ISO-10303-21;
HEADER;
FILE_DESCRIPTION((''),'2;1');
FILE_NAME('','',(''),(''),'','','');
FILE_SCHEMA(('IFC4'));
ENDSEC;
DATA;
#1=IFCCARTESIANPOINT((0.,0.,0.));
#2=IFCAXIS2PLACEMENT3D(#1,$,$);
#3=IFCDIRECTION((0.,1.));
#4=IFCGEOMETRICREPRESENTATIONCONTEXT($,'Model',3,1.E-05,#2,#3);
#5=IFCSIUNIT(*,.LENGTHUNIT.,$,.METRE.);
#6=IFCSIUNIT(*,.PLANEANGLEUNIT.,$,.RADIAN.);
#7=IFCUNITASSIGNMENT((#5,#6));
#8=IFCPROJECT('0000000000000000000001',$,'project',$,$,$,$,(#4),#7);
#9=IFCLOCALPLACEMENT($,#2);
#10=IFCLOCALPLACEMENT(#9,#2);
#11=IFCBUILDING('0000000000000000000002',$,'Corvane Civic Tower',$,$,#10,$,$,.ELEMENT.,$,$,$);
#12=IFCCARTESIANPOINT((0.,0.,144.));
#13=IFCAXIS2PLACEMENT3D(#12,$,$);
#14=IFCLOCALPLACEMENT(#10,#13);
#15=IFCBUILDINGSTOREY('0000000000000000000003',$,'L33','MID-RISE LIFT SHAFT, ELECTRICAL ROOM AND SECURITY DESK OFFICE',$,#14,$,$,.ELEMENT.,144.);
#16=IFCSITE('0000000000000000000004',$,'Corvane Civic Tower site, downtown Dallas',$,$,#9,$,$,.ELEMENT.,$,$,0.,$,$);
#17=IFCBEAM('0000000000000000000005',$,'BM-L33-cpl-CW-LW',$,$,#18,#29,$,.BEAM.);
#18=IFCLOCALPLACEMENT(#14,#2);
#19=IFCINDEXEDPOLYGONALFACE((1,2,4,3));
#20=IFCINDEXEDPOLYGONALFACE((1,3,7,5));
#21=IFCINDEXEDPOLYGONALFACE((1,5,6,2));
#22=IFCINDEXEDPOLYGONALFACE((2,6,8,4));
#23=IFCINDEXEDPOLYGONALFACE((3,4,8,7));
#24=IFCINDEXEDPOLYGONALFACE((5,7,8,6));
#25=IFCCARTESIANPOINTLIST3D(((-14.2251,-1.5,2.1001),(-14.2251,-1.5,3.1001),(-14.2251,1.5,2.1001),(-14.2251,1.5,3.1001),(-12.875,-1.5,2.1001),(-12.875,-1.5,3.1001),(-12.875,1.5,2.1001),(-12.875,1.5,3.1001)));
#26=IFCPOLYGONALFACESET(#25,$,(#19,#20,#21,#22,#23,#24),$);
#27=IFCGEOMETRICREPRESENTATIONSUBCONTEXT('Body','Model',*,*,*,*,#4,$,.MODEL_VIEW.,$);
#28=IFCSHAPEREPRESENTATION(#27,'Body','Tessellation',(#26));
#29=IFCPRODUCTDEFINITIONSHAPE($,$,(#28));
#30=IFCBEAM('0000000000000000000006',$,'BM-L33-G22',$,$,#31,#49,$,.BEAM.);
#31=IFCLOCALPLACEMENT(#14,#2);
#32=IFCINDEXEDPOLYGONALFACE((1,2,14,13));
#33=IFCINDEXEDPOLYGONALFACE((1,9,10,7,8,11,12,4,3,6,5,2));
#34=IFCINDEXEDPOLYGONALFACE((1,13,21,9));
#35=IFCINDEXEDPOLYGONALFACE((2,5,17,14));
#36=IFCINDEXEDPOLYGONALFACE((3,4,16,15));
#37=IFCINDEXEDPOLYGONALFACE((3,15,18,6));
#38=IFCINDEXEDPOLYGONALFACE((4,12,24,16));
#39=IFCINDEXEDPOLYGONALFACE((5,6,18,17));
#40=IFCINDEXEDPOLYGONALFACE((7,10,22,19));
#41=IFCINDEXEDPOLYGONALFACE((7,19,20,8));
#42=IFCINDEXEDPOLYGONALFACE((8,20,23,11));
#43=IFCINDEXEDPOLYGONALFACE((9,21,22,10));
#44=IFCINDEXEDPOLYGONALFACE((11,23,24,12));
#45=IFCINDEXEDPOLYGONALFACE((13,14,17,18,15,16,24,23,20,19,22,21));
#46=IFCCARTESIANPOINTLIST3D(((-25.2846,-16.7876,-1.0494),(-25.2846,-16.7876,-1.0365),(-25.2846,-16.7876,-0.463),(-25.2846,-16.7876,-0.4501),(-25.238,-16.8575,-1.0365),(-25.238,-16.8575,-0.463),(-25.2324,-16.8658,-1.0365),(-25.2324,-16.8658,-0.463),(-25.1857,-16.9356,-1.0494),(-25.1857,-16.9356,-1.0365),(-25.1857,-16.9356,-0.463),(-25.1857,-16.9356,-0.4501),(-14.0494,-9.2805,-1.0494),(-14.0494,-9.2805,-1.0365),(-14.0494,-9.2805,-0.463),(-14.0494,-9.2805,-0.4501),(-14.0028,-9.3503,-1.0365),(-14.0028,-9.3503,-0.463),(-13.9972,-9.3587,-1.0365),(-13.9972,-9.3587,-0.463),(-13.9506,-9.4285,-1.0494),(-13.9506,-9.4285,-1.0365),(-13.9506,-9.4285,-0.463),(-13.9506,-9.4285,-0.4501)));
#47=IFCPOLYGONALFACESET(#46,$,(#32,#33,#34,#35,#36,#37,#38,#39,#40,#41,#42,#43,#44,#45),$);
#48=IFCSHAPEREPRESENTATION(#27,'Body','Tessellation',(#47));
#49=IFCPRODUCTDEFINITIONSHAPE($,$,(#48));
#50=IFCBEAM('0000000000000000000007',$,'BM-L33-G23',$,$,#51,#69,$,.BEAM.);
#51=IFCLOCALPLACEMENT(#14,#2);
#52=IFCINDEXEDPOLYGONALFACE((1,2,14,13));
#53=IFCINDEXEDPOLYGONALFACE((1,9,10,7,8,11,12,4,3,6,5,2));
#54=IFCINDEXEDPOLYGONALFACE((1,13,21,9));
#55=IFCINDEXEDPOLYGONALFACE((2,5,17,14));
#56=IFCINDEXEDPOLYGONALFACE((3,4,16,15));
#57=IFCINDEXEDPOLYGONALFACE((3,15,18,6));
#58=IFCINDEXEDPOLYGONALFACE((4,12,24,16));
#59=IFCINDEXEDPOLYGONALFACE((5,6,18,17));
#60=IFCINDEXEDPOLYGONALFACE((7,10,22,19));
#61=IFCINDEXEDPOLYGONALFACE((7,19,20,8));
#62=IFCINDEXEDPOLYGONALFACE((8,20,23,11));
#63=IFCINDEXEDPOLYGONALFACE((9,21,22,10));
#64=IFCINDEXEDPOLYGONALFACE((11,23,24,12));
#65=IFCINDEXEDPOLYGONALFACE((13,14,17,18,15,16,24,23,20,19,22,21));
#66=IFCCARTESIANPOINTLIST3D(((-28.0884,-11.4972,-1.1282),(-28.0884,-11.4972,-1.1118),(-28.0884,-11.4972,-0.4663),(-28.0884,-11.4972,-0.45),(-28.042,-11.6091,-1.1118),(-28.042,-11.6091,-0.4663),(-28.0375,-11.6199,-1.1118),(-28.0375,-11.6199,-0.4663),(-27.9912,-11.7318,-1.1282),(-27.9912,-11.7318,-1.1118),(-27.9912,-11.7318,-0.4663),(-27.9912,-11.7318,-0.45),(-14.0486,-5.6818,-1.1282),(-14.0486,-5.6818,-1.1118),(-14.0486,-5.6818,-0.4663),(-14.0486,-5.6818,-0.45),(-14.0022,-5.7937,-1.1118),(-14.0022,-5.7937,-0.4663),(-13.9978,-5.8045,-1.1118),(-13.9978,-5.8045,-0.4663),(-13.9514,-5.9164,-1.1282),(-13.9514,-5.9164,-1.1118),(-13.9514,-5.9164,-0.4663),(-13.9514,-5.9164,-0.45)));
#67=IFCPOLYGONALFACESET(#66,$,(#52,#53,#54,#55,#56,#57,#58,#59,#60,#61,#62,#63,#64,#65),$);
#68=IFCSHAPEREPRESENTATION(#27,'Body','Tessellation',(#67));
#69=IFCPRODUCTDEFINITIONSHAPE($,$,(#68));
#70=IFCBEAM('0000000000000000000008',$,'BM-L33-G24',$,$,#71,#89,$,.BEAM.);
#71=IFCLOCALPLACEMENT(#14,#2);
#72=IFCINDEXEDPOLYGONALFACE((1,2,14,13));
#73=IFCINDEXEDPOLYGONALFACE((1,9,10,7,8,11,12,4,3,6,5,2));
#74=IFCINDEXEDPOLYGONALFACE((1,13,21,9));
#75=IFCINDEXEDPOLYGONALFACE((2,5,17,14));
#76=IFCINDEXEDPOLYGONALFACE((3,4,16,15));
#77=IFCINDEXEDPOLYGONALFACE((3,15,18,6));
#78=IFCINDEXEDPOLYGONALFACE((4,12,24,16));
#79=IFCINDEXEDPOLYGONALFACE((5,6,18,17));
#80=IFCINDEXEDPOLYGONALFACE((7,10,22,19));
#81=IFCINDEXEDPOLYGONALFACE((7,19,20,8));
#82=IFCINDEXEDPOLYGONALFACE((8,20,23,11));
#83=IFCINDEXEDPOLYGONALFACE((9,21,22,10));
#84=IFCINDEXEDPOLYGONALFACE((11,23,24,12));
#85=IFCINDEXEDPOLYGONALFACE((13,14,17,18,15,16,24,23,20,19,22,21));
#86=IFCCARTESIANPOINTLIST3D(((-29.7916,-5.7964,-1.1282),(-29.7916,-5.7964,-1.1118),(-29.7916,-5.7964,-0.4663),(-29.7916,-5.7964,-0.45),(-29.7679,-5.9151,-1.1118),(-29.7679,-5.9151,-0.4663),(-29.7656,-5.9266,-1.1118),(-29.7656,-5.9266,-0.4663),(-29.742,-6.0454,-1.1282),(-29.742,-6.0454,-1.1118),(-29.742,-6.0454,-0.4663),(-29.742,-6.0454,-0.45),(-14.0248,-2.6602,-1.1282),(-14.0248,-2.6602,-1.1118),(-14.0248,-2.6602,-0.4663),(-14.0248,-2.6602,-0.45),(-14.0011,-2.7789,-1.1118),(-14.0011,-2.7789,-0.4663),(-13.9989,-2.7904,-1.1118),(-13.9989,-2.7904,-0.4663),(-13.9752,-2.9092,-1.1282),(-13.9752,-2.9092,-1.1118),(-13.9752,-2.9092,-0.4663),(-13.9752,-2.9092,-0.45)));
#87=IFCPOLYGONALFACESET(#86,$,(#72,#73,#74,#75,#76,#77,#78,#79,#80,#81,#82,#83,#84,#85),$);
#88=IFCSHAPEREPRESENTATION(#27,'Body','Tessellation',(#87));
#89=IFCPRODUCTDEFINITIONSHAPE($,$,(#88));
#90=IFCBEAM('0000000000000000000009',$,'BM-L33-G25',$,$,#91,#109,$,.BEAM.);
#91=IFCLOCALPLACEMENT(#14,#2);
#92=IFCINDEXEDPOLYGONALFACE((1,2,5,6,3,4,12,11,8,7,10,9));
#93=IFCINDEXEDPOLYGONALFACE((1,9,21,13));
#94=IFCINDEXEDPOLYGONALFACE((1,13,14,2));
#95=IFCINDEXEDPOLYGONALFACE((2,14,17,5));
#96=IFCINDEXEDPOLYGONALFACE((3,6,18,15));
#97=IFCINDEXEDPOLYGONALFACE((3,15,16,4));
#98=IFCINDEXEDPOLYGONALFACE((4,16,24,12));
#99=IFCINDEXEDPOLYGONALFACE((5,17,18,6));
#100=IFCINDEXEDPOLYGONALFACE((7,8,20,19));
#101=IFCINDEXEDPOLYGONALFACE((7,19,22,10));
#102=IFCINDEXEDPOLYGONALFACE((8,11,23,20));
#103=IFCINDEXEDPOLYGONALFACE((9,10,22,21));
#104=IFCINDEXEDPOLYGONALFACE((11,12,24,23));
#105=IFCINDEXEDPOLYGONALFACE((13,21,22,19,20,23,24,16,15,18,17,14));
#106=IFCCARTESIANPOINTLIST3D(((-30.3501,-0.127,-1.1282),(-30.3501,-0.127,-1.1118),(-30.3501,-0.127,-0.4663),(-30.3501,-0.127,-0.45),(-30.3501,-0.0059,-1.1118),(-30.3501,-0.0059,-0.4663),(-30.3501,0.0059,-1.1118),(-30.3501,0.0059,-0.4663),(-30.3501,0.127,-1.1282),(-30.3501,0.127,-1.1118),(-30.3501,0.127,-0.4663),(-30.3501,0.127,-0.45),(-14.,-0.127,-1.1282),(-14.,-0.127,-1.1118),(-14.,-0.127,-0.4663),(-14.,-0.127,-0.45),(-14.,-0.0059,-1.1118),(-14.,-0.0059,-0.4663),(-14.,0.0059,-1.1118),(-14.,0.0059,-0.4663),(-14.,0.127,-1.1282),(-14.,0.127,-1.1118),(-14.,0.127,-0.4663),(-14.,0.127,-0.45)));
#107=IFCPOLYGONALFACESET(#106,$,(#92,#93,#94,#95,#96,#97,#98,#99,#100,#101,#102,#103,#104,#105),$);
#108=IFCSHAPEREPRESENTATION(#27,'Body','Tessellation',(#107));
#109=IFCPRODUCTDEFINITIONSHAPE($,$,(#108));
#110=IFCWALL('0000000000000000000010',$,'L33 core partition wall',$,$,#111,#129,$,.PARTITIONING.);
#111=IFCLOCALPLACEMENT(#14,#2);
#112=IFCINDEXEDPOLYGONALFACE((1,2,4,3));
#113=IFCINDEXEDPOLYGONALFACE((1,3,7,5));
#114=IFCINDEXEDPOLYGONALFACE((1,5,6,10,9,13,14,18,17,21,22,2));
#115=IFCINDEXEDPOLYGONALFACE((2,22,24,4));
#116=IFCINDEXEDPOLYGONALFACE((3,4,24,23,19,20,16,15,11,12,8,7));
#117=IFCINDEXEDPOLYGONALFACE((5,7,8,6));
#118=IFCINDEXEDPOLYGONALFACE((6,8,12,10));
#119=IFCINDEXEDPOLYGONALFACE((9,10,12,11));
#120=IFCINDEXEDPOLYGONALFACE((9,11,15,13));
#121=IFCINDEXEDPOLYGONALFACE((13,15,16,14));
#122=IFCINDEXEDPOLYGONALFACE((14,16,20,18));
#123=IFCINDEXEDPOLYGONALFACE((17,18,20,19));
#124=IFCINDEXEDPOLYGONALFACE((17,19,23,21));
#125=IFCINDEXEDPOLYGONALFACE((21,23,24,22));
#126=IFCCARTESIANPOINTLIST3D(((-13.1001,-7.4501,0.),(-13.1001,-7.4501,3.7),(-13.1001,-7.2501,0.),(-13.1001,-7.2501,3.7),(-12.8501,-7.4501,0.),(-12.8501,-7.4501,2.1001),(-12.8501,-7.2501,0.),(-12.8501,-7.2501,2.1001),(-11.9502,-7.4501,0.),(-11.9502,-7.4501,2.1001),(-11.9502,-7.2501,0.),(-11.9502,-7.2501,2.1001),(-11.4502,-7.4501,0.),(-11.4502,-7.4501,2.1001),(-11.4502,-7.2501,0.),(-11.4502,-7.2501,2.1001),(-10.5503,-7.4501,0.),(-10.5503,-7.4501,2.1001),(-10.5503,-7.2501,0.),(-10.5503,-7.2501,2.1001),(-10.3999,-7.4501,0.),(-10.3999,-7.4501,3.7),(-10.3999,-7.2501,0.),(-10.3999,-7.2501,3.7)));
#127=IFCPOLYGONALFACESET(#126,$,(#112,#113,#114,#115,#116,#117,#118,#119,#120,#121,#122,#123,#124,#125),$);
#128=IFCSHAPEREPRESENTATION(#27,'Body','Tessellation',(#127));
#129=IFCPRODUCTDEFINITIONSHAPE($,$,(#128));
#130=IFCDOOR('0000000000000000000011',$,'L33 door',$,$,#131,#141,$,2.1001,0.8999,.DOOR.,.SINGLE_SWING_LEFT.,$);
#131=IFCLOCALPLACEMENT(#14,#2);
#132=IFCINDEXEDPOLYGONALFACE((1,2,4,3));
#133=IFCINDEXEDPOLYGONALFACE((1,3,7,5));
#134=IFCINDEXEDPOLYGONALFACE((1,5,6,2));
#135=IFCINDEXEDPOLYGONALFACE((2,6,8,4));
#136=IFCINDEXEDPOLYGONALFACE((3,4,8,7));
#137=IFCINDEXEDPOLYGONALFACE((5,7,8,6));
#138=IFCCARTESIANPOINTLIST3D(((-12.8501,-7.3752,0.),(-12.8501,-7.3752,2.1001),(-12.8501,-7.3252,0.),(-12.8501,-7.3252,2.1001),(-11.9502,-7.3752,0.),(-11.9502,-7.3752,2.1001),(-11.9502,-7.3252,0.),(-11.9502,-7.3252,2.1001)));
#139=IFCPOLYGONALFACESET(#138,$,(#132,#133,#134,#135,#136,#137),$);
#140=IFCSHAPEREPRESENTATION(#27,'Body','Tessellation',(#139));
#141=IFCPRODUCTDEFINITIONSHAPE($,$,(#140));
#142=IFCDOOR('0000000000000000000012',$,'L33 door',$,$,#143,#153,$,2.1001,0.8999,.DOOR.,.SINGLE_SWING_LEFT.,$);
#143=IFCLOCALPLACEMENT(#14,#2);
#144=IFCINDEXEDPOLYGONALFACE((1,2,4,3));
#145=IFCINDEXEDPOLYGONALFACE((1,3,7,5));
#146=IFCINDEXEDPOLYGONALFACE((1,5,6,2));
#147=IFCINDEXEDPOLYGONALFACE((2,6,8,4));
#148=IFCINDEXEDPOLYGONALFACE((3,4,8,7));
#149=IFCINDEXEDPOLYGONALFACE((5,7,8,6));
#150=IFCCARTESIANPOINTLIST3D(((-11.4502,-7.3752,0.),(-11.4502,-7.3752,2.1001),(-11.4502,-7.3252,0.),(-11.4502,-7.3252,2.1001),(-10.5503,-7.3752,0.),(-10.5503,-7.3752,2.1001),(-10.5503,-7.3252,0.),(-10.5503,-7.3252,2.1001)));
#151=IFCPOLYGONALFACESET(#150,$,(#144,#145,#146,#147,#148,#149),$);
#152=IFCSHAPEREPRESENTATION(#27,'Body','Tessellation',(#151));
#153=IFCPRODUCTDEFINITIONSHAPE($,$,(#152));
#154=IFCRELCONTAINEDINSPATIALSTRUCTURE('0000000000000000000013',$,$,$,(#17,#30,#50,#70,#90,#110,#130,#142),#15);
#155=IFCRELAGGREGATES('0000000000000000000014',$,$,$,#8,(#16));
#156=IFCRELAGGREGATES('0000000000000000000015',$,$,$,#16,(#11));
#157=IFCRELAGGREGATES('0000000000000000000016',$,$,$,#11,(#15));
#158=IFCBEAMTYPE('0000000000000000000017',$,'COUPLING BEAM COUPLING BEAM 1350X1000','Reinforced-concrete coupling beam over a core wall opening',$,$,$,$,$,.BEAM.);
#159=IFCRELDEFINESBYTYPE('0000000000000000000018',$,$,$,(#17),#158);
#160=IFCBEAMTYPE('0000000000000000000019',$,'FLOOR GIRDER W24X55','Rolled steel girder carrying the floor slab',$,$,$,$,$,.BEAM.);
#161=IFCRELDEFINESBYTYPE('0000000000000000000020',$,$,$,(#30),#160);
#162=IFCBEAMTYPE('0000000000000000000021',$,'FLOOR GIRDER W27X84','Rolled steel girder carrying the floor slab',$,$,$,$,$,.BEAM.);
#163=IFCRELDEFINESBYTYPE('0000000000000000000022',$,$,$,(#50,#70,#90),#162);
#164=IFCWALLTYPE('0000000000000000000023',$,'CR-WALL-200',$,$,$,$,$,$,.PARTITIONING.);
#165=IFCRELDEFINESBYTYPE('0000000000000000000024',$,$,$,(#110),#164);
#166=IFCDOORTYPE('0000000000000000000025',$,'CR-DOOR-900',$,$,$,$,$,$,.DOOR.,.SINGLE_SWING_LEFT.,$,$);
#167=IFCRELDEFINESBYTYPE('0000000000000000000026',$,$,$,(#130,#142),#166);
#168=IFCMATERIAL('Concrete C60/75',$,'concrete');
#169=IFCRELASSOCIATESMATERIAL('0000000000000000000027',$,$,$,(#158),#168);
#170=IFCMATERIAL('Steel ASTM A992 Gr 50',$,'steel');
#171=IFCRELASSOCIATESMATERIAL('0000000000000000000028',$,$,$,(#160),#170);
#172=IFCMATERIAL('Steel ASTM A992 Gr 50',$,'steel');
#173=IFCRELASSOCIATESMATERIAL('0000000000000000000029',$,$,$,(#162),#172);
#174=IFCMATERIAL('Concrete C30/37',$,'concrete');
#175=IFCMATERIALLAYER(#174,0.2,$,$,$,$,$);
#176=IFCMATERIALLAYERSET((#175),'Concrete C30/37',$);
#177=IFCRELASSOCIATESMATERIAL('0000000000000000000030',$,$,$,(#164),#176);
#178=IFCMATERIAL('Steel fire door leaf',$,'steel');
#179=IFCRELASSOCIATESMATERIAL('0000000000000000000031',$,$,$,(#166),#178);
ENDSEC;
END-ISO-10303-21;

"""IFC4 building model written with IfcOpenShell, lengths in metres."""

from ifc_helpers import new_model, si_unit, direction, frame, frame_2d, origin, origin_2d, place, context, subcontext, project, spatial, rectangle, i_section, extrude, material, layer, layer_set, material_profile, profile_set, type_object, element, fill, save


model = new_model("IFC4")

# Units and contexts
model_context = context("Model", 3, precision=1e-05, world=origin(), true_north=direction((0.0, 1.0)))
body_context = subcontext(model_context, "Body", "Model", "MODEL_VIEW")
ifc_project = project(units=[si_unit("LENGTHUNIT", "METRE"), si_unit("PLANEANGLEUNIT", "RADIAN")], contexts=[model_context])

# Site, building, storey
site_placement = place(None, origin())
site = spatial("IfcSite", under=ifc_project, at=site_placement, Name="Corvane Civic Tower site, downtown Dallas", CompositionType="ELEMENT", RefElevation=0.0)
building_placement = place(site_placement, origin())
building = spatial("IfcBuilding", under=site, at=building_placement, Name="Corvane Civic Tower", CompositionType="ELEMENT")
storey_placement = place(building_placement, frame((0.0, 0.0, 144.0)))
storey = spatial("IfcBuildingStorey", under=building, at=storey_placement, Name="L33", Description="MID-RISE LIFT SHAFT, ELECTRICAL ROOM AND SECURITY DESK OFFICE", CompositionType="ELEMENT", Elevation=144.0)

# Beams
ifc_material_1 = material(Name="Concrete C60/75", Category="concrete")
ifc_material_profile_1 = material_profile(ifc_material_1, rectangle(XDim=1.3501, YDim=1.0, at=origin_2d()), Name="COUPLING BEAM 1350X1000")
ifc_profile_set_1 = profile_set([ifc_material_profile_1], Name="Concrete C60/75")
beam_type_1 = type_object("IfcBeamType", Name="COUPLING BEAM COUPLING BEAM 1350X1000", Description="Reinforced-concrete coupling beam over a core wall opening", PredefinedType="BEAM", material=ifc_profile_set_1)
beam_1_placement = place(storey_placement, frame((-13.55, -1.5, 2.6001), z_axis=(0.0, 1.0, 0.0), x_axis=(-1.0, 0.0, 0.0)))
element("IfcBeam", 1, at=beam_1_placement, inside=storey, type_object=beam_type_1, Name="BM-L33-cpl-CW-LW", PredefinedType="BEAM", context=body_context, shape_type="SweptSolid", body=[
    extrude(rectangle(XDim=1.3501, YDim=1.0, at=origin_2d()), origin(), (0.0, 0.0, 1.0), 3.0),
])
ifc_material_2 = material(Name="Steel ASTM A992 Gr 50", Category="steel")
ifc_material_profile_2 = material_profile(ifc_material_2, i_section(OverallWidth=0.178, OverallDepth=0.5994, WebThickness=0.01, FlangeThickness=0.0129, at=origin_2d()), Name="W24X55")
ifc_profile_set_2 = profile_set([ifc_material_profile_2], Name="Steel ASTM A992 Gr 50")
beam_type_2 = type_object("IfcBeamType", Name="FLOOR GIRDER W24X55", Description="Rolled steel girder carrying the floor slab", PredefinedType="BEAM", material=ifc_profile_set_2)
beam_2_placement = place(storey_placement, frame((-14.0, -9.3545, -0.7498), z_axis=(-0.831469, -0.555571, 0.0), x_axis=(0.555571, -0.831469, 0.0)))
element("IfcBeam", 2, at=beam_2_placement, inside=storey, type_object=beam_type_2, Name="BM-L33-G22", PredefinedType="BEAM", context=body_context, shape_type="SweptSolid", body=[
    extrude(i_section(OverallWidth=0.178, OverallDepth=0.5994, WebThickness=0.01, FlangeThickness=0.0129, at=origin_2d()), origin(), (0.0, 0.0, 1.0), 13.5125),
])
ifc_material_3 = material(Name="Steel ASTM A992 Gr 50", Category="steel")
ifc_material_profile_3 = material_profile(ifc_material_3, i_section(OverallWidth=0.2539, OverallDepth=0.6782, WebThickness=0.0117, FlangeThickness=0.0164, at=origin_2d()), Name="W27X84")
ifc_profile_set_3 = profile_set([ifc_material_profile_3], Name="Steel ASTM A992 Gr 50")
beam_type_3 = type_object("IfcBeamType", Name="FLOOR GIRDER W27X84", Description="Rolled steel girder carrying the floor slab", PredefinedType="BEAM", material=ifc_profile_set_3)
beam_3_placement = place(storey_placement, frame((-14.0, -5.7991, -0.7891), z_axis=(-0.923881, -0.382681, 0.0), x_axis=(0.382681, -0.923881, 0.0)))
element("IfcBeam", 3, at=beam_3_placement, inside=storey, type_object=beam_type_3, Name="BM-L33-G23", PredefinedType="BEAM", context=body_context, shape_type="SweptSolid", body=[
    extrude(i_section(OverallWidth=0.2539, OverallDepth=0.6782, WebThickness=0.0117, FlangeThickness=0.0164, at=origin_2d()), origin(), (0.0, 0.0, 1.0), 15.1965),
])
beam_4_placement = place(storey_placement, frame((-14.0, -2.7847, -0.7891), z_axis=(-0.980785, -0.195091, 0.0), x_axis=(0.195091, -0.980785, 0.0)))
element("IfcBeam", 4, at=beam_4_placement, inside=storey, type_object=beam_type_3, Name="BM-L33-G24", PredefinedType="BEAM", context=body_context, shape_type="SweptSolid", body=[
    extrude(i_section(OverallWidth=0.2539, OverallDepth=0.6782, WebThickness=0.0117, FlangeThickness=0.0164, at=origin_2d()), origin(), (0.0, 0.0, 1.0), 16.0757),
])
beam_5_placement = place(storey_placement, frame((-14.0, 0.0, -0.7891), z_axis=(-1.0, 0.0, 0.0), x_axis=(0.0, -1.0, 0.0)))
element("IfcBeam", 5, at=beam_5_placement, inside=storey, type_object=beam_type_3, Name="BM-L33-G25", PredefinedType="BEAM", context=body_context, shape_type="SweptSolid", body=[
    extrude(i_section(OverallWidth=0.2539, OverallDepth=0.6782, WebThickness=0.0117, FlangeThickness=0.0164, at=origin_2d()), origin(), (0.0, 0.0, 1.0), 16.3501),
])

# Wall, openings, doors
ifc_material_4 = material(Name="Concrete C30/37", Category="concrete")
ifc_layer_1 = layer(ifc_material_4, 0.2)
ifc_layer_set_1 = layer_set([ifc_layer_1], Name="Concrete C30/37")
wall_type_1 = type_object("IfcWallType", Name="CR-WALL-200", PredefinedType="PARTITIONING", material=ifc_layer_set_1)
wall_1_placement = place(storey_placement, frame((-13.1001, -7.3501, 0.0), z_axis=(0.0, 0.0, 1.0), x_axis=(1.0, 0.0, 0.0)))
wall_1 = element("IfcWall", 6, at=wall_1_placement, inside=storey, type_object=wall_type_1, Name="L33 core partition wall", PredefinedType="PARTITIONING", context=body_context, shape_type="SweptSolid", body=[
    extrude(rectangle(XDim=2.7002, YDim=0.2, at=frame_2d((1.3501, 0.0))), origin(), (0.0, 0.0, 1.0), 3.7),
])
opening_1_placement = place(wall_1_placement, frame((0.25, 0.0, 0.0)))
opening_1 = element("IfcOpeningElement", 7, at=opening_1_placement, cuts=wall_1, PredefinedType="OPENING", context=body_context, shape_type="SweptSolid", body=[
    extrude(rectangle(XDim=0.8999, YDim=2.1001, at=frame_2d((0.45, 1.05))), frame((0.0, 0.1099, 0.0), z_axis=(0.0, -1.0, 0.0), x_axis=(1.0, 0.0, 0.0)), (0.0, 0.0, 1.0), 0.22),
])
opening_2_placement = place(wall_1_placement, frame((1.6499, 0.0, 0.0)))
opening_2 = element("IfcOpeningElement", 8, at=opening_2_placement, cuts=wall_1, PredefinedType="OPENING", context=body_context, shape_type="SweptSolid", body=[
    extrude(rectangle(XDim=0.8999, YDim=2.1001, at=frame_2d((0.45, 1.05))), frame((0.0, 0.1099, 0.0), z_axis=(0.0, -1.0, 0.0), x_axis=(1.0, 0.0, 0.0)), (0.0, 0.0, 1.0), 0.22),
])
ifc_material_5 = material(Name="Steel fire door leaf", Category="steel")
door_type_1 = type_object("IfcDoorType", Name="CR-DOOR-900", OperationType="SINGLE_SWING_LEFT", PredefinedType="DOOR", material=ifc_material_5)
door_1_placement = place(opening_1_placement, origin())
door_1 = element("IfcDoor", 9, at=door_1_placement, inside=storey, type_object=door_type_1, Name="L33 door", OperationType="SINGLE_SWING_LEFT", OverallHeight=2.1001, OverallWidth=0.8999, PredefinedType="DOOR", context=body_context, shape_type="SweptSolid", body=[
    extrude(rectangle(XDim=0.8999, YDim=2.1001, at=frame_2d((0.45, 1.05))), frame((0.0, 0.0249, 0.0), z_axis=(0.0, -1.0, 0.0), x_axis=(1.0, 0.0, 0.0)), (0.0, 0.0, 1.0), 0.05),
])
fill(opening_1, door_1)
door_2_placement = place(opening_2_placement, origin())
door_2 = element("IfcDoor", 10, at=door_2_placement, inside=storey, type_object=door_type_1, Name="L33 door", OperationType="SINGLE_SWING_LEFT", OverallHeight=2.1001, OverallWidth=0.8999, PredefinedType="DOOR", context=body_context, shape_type="SweptSolid", body=[
    extrude(rectangle(XDim=0.8999, YDim=2.1001, at=frame_2d((0.45, 1.05))), frame((0.0, 0.0249, 0.0), z_axis=(0.0, -1.0, 0.0), x_axis=(1.0, 0.0, 0.0)), (0.0, 0.0, 1.0), 0.05),
])
fill(opening_2, door_2)

save(model, "model.ifc")
